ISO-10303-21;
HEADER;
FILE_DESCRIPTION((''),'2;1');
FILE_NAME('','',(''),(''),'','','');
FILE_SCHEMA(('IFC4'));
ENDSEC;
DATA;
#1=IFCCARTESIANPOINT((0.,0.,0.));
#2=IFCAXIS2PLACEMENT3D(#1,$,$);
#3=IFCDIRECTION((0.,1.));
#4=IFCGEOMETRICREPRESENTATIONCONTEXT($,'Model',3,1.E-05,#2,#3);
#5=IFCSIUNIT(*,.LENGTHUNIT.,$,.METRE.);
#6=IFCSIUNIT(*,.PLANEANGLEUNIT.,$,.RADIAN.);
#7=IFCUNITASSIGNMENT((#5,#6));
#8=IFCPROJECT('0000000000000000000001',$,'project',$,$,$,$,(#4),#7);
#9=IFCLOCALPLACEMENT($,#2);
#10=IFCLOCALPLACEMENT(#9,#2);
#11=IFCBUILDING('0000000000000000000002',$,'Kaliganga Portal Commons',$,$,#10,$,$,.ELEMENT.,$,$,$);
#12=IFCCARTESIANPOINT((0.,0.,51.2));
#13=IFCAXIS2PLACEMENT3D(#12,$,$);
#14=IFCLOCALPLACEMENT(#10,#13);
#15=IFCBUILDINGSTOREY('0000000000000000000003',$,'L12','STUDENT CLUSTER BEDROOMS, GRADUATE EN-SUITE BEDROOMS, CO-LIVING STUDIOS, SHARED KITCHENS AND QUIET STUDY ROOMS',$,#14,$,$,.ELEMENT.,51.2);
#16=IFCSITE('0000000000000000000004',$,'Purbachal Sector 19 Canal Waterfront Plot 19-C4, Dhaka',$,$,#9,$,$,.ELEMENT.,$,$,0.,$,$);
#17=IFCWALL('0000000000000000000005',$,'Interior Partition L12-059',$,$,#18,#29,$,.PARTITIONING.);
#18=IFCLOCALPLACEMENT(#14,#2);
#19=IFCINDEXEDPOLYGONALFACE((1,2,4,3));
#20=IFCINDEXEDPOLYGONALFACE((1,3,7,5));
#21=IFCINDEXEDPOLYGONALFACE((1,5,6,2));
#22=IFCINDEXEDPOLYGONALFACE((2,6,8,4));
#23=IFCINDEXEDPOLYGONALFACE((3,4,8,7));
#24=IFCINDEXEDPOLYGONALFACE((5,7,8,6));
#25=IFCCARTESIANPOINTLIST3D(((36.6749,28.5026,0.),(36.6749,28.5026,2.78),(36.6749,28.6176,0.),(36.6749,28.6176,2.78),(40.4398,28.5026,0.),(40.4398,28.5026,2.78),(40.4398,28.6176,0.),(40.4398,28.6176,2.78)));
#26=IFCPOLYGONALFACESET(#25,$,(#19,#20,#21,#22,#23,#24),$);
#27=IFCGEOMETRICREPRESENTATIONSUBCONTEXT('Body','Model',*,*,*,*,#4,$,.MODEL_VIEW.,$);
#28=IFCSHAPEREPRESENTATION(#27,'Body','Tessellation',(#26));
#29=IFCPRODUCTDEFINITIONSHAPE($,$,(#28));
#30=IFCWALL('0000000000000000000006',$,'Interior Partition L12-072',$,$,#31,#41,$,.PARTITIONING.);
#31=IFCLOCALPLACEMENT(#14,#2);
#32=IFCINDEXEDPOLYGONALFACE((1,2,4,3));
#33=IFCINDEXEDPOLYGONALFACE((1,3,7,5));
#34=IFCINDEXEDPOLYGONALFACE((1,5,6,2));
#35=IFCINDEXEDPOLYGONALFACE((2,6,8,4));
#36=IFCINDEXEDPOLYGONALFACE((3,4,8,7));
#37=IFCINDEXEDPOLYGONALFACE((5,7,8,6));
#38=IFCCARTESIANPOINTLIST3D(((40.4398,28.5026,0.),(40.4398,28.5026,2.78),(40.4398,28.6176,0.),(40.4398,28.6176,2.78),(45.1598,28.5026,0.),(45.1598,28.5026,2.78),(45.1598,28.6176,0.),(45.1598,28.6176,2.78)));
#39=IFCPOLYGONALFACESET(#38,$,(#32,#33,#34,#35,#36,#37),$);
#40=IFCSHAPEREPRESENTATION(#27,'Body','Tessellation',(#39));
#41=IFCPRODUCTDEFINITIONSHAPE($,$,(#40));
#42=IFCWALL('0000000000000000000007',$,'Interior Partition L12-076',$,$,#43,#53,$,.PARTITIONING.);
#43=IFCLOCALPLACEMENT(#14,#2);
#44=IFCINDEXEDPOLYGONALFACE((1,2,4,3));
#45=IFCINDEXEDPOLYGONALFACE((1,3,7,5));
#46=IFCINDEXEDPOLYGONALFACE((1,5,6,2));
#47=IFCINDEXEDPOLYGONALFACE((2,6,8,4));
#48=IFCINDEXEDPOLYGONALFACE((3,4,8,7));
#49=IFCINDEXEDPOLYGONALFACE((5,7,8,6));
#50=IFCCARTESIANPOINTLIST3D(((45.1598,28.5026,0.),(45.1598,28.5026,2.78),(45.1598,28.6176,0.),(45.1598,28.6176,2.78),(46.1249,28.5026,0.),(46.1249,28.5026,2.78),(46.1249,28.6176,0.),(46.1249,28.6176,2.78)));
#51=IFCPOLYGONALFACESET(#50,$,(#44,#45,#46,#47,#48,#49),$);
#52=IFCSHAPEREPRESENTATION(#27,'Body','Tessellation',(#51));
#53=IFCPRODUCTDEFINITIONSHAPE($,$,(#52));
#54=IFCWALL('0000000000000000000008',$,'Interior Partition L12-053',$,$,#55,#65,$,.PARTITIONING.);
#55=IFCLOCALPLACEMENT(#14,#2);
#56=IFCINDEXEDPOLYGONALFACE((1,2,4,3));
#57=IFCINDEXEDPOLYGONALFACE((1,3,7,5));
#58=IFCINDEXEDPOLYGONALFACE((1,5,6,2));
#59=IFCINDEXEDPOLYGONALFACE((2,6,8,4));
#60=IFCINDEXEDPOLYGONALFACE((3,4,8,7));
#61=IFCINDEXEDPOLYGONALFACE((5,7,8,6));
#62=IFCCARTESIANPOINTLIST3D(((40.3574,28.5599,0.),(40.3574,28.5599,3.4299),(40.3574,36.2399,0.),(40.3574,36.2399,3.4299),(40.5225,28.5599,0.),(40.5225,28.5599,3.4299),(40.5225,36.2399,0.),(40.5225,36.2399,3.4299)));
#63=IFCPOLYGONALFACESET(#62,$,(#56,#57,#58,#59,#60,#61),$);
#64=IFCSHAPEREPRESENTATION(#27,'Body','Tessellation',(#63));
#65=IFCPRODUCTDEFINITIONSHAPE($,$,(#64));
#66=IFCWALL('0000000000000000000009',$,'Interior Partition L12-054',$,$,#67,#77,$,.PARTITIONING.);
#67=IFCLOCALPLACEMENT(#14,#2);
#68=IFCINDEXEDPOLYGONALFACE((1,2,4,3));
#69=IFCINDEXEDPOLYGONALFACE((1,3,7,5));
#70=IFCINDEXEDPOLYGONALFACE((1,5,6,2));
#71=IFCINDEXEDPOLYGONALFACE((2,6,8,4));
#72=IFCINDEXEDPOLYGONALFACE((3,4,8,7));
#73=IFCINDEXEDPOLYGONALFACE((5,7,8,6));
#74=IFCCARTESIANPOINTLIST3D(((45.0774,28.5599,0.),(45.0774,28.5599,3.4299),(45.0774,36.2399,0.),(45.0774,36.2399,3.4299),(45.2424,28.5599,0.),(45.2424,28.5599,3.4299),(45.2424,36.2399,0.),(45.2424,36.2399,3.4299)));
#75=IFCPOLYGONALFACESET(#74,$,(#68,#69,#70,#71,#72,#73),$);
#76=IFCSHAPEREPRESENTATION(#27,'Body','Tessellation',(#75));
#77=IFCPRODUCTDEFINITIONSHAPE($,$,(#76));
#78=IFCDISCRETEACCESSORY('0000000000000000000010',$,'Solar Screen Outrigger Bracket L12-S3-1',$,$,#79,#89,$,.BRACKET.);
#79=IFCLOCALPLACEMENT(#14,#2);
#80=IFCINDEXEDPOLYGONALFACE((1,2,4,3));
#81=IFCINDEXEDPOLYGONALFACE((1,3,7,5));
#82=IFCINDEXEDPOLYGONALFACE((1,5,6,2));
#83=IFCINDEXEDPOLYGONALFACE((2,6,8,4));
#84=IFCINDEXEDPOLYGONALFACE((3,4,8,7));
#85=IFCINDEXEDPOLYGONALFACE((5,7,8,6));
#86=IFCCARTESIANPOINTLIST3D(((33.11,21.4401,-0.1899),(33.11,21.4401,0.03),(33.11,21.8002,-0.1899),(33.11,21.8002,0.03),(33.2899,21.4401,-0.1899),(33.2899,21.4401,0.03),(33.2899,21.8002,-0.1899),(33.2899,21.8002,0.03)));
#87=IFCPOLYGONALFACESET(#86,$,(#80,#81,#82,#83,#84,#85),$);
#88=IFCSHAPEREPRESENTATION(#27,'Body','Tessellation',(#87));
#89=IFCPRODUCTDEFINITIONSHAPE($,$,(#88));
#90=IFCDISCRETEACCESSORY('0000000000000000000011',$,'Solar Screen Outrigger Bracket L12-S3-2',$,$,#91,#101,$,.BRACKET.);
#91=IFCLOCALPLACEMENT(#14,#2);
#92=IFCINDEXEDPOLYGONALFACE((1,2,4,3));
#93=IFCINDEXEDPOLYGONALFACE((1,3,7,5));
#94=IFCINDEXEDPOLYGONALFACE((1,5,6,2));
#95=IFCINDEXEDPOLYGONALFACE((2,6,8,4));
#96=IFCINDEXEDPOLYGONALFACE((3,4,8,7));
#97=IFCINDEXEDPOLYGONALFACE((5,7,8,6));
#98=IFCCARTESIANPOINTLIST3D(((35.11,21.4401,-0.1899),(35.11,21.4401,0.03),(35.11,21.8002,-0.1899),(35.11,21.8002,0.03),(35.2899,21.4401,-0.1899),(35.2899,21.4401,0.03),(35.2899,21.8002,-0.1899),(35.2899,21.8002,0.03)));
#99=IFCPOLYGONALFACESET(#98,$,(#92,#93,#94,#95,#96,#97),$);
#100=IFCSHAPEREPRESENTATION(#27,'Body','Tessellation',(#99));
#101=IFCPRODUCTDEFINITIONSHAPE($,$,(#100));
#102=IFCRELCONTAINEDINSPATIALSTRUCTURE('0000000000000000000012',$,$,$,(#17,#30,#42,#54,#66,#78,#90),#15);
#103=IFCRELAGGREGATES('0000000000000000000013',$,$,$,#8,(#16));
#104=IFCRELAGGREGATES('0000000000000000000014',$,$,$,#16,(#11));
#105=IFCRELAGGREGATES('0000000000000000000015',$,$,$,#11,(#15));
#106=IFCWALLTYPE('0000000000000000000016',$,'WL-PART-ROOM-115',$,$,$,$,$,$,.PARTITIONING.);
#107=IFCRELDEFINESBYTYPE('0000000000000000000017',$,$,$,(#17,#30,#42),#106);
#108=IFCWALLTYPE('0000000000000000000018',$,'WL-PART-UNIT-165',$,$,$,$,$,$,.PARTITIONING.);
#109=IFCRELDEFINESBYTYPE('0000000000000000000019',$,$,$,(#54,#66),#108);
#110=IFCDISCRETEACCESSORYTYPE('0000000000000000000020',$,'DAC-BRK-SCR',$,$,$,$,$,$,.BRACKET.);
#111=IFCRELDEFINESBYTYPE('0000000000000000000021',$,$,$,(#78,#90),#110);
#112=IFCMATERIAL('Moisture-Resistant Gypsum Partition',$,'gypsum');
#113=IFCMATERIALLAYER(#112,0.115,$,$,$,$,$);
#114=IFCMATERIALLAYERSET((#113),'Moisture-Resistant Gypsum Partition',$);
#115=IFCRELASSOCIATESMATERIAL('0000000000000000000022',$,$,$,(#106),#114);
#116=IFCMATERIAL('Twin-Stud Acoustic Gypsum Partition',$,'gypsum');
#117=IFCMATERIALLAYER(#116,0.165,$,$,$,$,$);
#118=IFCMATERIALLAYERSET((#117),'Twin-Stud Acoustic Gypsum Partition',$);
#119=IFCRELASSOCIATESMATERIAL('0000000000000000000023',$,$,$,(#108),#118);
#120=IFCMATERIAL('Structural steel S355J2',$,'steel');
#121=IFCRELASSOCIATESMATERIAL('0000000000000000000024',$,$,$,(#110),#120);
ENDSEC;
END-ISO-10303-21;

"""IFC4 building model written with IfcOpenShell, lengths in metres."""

from ifc_helpers import new_model, si_unit, direction, frame, frame_2d, origin, origin_2d, place, context, subcontext, project, spatial, rectangle, extrude, source, transform, mapped, material, layer, layer_set, type_object, element, save


model = new_model("IFC4")

# Units and contexts
model_context = context("Model", 3, precision=1e-05, world=origin(), true_north=direction((0.0, 1.0)))
body_context = subcontext(model_context, "Body", "Model", "MODEL_VIEW")
ifc_project = project(units=[si_unit("LENGTHUNIT", "METRE"), si_unit("PLANEANGLEUNIT", "RADIAN")], contexts=[model_context])

# Site, building, storey
site_placement = place(None, origin())
site = spatial("IfcSite", under=ifc_project, at=site_placement, Name="Purbachal Sector 19 Canal Waterfront Plot 19-C4, Dhaka", CompositionType="ELEMENT", RefElevation=0.0)
building_placement = place(site_placement, origin())
building = spatial("IfcBuilding", under=site, at=building_placement, Name="Kaliganga Portal Commons", CompositionType="ELEMENT")
storey_placement = place(building_placement, frame((0.0, 0.0, 51.2)))
storey = spatial("IfcBuildingStorey", under=building, at=storey_placement, Name="L12", Description="STUDENT CLUSTER BEDROOMS, GRADUATE EN-SUITE BEDROOMS, CO-LIVING STUDIOS, SHARED KITCHENS AND QUIET STUDY ROOMS", CompositionType="ELEMENT", Elevation=51.2)

# Shared definitions
ifc_material_1 = material(Name="Structural steel S355J2", Category="steel")

# Walls
ifc_material_2 = material(Name="Moisture-Resistant Gypsum Partition", Category="gypsum")
ifc_layer_1 = layer(ifc_material_2, 0.115)
ifc_layer_set_1 = layer_set([ifc_layer_1], Name="Moisture-Resistant Gypsum Partition")
wall_type_1 = type_object("IfcWallType", Name="WL-PART-ROOM-115", PredefinedType="PARTITIONING", material=ifc_layer_set_1)
wall_1_placement = place(storey_placement, frame((36.675, 28.5601, 0.0), z_axis=(0.0, 0.0, 1.0), x_axis=(1.0, 0.0, 0.0)))
element("IfcWall", 1, at=wall_1_placement, inside=storey, type_object=wall_type_1, Name="Interior Partition L12-059", PredefinedType="PARTITIONING", context=body_context, shape_type="SweptSolid", body=[
    extrude(rectangle(XDim=3.7649, YDim=0.115, at=frame_2d((1.8823, 0.0))), origin(), (0.0, 0.0, 1.0), 2.78),
])
wall_2_placement = place(storey_placement, frame((40.4399, 28.5601, 0.0), z_axis=(0.0, 0.0, 1.0), x_axis=(1.0, 0.0, 0.0)))
element("IfcWall", 2, at=wall_2_placement, inside=storey, type_object=wall_type_1, Name="Interior Partition L12-072", PredefinedType="PARTITIONING", context=body_context, shape_type="SweptSolid", body=[
    extrude(rectangle(XDim=4.72, YDim=0.115, at=frame_2d((2.3599, 0.0))), origin(), (0.0, 0.0, 1.0), 2.78),
])
wall_3_placement = place(storey_placement, frame((45.1599, 28.5601, 0.0), z_axis=(0.0, 0.0, 1.0), x_axis=(1.0, 0.0, 0.0)))
element("IfcWall", 3, at=wall_3_placement, inside=storey, type_object=wall_type_1, Name="Interior Partition L12-076", PredefinedType="PARTITIONING", context=body_context, shape_type="SweptSolid", body=[
    extrude(rectangle(XDim=0.9651, YDim=0.115, at=frame_2d((0.4824, 0.0))), origin(), (0.0, 0.0, 1.0), 2.78),
])
ifc_material_3 = material(Name="Twin-Stud Acoustic Gypsum Partition", Category="gypsum")
ifc_layer_2 = layer(ifc_material_3, 0.165)
ifc_layer_set_2 = layer_set([ifc_layer_2], Name="Twin-Stud Acoustic Gypsum Partition")
wall_type_2 = type_object("IfcWallType", Name="WL-PART-UNIT-165", PredefinedType="PARTITIONING", material=ifc_layer_set_2)
for number, where, z_axis, x_axis, name in (
    (4, (40.4399, 28.5601, 0.0), (0.0, 0.0, 1.0), (0.0, 1.0, 0.0), "Interior Partition L12-053"),
    (5, (45.1599, 28.5601, 0.0), (0.0, 0.0, 1.0), (0.0, 1.0, 0.0), "Interior Partition L12-054"),
):
    element("IfcWall", number, at=place(storey_placement, frame(where, z_axis=z_axis, x_axis=x_axis)), inside=storey, type_object=wall_type_2, Name=name, PredefinedType="PARTITIONING", context=body_context, shape_type="SweptSolid", body=[
        extrude(rectangle(XDim=7.6799, YDim=0.165, at=frame_2d((3.8398, 0.0))), origin(), (0.0, 0.0, 1.0), 3.4299),
    ])

# Discrete accessories
discrete_accessory_type = type_object("IfcDiscreteAccessoryType", Name="DAC-BRK-SCR", PredefinedType="BRACKET", material=ifc_material_1)
shared_shape_1 = source(origin(), body_context, "Body", "SweptSolid", [
    extrude(rectangle(XDim=0.1799, YDim=0.3601, at=origin_2d()), origin(), (0.0, 0.0, 1.0), 0.22),
])
for number, where, z_axis, x_axis, name in (
    (6, (33.2, 21.6201, -0.1899), (0.0, 0.0, 1.0), (1.0, 0.0, 0.0), "Solar Screen Outrigger Bracket L12-S3-1"),
    (7, (35.2, 21.6201, -0.1899), (0.0, 0.0, 1.0), (1.0, 0.0, 0.0), "Solar Screen Outrigger Bracket L12-S3-2"),
):
    element("IfcDiscreteAccessory", number, at=place(storey_placement, frame(where, z_axis=z_axis, x_axis=x_axis)), inside=storey, type_object=discrete_accessory_type, Name=name, PredefinedType="BRACKET", context=body_context, shape_type="MappedRepresentation", body=[
        mapped(shared_shape_1, transform((0.0, 0.0, 0.0), x_axis=(1.0, 0.0, 0.0), y_axis=(0.0, 1.0, 0.0), z_axis=(0.0, 0.0, 1.0), scale=1.0)),
    ])

save(model, "model.ifc")
